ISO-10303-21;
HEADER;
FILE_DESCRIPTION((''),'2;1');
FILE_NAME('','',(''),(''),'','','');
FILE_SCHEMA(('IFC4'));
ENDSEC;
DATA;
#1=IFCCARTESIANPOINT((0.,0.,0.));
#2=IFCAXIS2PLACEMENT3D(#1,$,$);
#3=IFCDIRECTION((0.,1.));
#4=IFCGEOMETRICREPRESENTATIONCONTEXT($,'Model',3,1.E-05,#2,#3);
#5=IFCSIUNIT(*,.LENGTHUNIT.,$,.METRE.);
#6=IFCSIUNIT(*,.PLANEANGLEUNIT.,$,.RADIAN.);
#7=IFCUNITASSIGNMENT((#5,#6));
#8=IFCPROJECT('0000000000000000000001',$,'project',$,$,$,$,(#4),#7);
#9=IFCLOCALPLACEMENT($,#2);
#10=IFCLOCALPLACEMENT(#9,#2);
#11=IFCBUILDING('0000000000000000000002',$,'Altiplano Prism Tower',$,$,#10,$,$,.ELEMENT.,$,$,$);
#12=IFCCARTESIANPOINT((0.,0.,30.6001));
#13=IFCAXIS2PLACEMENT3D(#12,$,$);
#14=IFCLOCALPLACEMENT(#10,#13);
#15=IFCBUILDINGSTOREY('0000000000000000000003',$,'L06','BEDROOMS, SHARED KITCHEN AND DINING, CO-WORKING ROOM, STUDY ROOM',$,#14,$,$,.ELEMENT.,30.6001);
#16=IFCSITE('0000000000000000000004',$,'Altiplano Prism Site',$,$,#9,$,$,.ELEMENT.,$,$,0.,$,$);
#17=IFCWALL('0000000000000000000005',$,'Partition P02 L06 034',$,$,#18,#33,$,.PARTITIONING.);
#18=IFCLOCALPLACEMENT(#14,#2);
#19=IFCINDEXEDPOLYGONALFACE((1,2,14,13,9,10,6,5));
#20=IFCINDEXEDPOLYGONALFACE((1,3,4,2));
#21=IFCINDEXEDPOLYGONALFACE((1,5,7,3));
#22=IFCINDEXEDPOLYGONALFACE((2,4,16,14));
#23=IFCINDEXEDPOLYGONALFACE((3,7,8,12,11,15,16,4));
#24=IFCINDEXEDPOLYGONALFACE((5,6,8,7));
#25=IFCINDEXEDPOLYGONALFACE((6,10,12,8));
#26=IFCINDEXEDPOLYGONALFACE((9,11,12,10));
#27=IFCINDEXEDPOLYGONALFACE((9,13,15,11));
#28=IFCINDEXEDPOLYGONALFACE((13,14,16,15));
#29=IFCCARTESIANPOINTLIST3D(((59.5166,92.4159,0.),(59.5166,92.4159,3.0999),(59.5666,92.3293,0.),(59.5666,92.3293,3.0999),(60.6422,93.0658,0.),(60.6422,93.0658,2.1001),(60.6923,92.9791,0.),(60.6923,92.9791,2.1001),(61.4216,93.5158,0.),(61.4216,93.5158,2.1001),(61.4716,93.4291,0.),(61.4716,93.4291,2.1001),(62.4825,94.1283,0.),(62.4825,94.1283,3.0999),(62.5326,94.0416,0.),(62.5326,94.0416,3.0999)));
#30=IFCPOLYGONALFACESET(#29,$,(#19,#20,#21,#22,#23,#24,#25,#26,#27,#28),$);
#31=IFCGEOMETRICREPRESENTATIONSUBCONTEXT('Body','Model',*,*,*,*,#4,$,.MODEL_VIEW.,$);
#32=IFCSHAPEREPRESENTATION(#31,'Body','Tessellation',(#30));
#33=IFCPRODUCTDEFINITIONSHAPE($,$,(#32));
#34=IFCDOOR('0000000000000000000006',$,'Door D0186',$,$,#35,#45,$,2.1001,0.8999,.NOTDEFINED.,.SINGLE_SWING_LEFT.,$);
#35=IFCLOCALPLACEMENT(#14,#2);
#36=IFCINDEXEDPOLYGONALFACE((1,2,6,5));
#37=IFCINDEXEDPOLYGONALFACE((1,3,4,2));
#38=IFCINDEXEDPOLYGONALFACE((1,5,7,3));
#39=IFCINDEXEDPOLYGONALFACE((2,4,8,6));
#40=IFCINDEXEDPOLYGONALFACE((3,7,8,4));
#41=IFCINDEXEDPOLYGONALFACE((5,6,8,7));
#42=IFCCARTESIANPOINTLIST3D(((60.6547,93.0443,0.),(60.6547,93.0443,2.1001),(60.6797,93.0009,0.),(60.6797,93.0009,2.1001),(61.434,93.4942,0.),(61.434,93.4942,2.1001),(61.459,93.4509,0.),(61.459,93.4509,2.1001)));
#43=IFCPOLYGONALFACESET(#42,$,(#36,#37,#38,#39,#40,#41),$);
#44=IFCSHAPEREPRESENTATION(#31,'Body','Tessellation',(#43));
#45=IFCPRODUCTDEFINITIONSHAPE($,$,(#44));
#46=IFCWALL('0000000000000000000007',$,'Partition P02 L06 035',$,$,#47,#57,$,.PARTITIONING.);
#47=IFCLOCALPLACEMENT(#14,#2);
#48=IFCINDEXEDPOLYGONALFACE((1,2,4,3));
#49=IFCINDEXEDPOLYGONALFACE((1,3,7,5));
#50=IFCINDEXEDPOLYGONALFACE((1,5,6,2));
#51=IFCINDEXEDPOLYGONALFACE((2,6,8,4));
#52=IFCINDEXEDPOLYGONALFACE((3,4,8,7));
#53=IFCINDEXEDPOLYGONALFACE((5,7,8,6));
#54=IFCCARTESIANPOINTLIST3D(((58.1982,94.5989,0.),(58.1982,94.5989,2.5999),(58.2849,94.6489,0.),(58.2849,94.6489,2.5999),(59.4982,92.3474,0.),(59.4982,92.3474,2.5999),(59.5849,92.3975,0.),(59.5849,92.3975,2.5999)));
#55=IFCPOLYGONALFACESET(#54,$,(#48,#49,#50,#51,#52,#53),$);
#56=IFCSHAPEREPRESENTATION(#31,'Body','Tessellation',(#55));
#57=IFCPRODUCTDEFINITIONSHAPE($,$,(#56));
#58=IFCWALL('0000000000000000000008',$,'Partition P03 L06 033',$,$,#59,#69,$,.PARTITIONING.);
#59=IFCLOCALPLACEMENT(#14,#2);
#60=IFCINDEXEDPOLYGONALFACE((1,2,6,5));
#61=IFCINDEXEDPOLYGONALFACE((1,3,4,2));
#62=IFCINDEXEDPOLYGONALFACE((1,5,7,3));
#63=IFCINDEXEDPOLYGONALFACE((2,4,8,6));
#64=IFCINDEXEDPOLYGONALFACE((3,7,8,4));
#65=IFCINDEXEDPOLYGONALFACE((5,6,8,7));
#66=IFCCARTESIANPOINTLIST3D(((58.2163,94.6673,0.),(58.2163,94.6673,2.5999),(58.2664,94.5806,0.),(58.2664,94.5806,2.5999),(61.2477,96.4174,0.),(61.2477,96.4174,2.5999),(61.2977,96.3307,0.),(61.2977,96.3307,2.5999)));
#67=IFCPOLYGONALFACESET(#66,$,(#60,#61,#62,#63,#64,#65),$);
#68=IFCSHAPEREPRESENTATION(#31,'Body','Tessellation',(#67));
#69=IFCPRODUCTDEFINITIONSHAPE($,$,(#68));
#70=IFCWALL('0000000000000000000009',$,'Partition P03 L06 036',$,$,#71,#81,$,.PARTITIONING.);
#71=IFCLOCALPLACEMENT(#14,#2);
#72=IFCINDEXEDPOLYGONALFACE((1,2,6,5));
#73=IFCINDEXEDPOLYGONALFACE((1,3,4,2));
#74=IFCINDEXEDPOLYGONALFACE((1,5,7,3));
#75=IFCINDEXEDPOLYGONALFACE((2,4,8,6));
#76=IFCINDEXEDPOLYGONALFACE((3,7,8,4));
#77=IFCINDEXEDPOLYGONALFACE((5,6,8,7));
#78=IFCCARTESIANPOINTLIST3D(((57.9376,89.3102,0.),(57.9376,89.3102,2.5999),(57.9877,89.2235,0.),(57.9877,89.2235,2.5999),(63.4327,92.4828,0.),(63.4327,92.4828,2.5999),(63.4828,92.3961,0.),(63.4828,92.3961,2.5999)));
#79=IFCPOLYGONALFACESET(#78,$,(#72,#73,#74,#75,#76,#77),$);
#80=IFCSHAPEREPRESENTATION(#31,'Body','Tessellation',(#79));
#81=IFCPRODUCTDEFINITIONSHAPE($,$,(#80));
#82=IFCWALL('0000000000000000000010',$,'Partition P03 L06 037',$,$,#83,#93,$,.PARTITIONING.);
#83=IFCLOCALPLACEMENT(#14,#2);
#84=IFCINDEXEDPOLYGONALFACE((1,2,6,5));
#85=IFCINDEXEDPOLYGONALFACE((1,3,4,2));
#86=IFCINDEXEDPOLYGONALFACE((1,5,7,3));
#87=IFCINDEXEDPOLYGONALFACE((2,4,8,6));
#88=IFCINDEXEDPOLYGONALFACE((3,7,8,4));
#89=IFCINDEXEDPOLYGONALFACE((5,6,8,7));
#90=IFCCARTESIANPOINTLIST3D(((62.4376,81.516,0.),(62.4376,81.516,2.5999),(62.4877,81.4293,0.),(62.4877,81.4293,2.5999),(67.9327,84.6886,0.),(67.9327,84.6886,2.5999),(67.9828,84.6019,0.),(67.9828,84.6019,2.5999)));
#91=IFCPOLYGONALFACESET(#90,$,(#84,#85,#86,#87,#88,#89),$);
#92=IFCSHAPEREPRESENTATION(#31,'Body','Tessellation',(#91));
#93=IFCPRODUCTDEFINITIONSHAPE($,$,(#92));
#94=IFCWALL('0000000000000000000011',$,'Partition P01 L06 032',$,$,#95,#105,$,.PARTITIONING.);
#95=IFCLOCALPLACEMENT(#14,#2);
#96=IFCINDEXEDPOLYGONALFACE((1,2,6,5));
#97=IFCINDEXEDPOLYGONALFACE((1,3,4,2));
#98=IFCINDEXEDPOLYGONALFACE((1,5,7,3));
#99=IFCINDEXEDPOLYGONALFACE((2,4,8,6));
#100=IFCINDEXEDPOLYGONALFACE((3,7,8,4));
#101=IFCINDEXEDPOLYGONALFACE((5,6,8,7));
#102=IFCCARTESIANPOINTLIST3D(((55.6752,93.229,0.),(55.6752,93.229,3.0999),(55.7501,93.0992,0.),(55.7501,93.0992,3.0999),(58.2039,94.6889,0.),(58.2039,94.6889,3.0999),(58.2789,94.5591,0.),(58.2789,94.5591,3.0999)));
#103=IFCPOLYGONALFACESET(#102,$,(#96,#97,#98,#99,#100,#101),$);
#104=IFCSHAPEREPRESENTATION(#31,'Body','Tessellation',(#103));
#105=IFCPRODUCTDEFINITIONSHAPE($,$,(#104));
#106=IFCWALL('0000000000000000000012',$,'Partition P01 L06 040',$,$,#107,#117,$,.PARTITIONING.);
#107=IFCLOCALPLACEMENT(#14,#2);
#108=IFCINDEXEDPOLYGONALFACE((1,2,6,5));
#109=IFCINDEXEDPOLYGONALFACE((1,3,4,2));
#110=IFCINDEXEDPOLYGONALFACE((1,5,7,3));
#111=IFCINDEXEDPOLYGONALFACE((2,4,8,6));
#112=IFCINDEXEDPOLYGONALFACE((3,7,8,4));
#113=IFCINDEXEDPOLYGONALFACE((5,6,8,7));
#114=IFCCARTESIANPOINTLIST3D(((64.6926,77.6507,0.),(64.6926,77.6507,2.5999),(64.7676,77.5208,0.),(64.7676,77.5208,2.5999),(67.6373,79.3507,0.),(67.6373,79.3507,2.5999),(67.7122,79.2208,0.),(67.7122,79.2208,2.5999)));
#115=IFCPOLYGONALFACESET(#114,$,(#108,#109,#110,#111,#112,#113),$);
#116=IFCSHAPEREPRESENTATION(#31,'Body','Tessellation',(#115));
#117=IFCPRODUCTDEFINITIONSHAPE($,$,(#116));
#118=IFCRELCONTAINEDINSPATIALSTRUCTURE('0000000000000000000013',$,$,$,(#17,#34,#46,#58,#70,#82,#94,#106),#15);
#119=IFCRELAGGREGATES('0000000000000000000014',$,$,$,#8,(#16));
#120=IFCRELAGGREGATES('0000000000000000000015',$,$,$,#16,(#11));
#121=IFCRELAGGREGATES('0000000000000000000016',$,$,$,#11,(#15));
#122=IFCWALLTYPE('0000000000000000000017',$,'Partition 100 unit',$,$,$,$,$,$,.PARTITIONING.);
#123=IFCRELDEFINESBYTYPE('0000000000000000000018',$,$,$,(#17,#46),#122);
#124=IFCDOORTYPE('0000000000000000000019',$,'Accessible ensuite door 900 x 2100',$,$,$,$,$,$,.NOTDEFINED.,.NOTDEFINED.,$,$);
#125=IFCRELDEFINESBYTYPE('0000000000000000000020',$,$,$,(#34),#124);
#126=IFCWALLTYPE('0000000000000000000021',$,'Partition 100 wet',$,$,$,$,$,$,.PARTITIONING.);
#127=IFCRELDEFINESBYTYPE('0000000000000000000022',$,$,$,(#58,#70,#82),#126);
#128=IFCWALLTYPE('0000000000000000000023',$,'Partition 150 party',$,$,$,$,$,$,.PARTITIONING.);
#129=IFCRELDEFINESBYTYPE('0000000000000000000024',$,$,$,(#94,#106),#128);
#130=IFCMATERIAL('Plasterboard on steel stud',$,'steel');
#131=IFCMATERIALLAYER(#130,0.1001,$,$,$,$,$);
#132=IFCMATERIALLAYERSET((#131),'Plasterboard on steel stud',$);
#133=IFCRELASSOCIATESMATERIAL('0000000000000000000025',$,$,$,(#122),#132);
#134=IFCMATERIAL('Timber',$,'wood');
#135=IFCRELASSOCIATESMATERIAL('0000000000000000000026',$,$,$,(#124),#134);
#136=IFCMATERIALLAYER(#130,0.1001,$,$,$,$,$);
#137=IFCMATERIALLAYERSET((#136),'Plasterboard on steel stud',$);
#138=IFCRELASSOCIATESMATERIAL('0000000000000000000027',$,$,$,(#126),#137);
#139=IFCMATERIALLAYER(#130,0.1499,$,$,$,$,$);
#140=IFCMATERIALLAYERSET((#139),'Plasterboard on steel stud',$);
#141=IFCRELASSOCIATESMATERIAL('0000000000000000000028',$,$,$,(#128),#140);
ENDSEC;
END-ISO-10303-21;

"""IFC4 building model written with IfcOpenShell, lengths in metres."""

from ifc_helpers import new_model, si_unit, direction, frame, frame_2d, origin, place, context, subcontext, project, spatial, rectangle, extrude, material, layer, layer_set, type_object, element, fill, save


model = new_model("IFC4")

# Units and contexts
model_context = context("Model", 3, precision=1e-05, world=origin(), true_north=direction((0.0, 1.0)))
body_context = subcontext(model_context, "Body", "Model", "MODEL_VIEW")
ifc_project = project(units=[si_unit("LENGTHUNIT", "METRE"), si_unit("PLANEANGLEUNIT", "RADIAN")], contexts=[model_context])

# Site, building, storey
site_placement = place(None, origin())
site = spatial("IfcSite", under=ifc_project, at=site_placement, Name="Altiplano Prism Site", CompositionType="ELEMENT", RefElevation=0.0)
building_placement = place(site_placement, origin())
building = spatial("IfcBuilding", under=site, at=building_placement, Name="Altiplano Prism Tower", CompositionType="ELEMENT")
storey_placement = place(building_placement, frame((0.0, 0.0, 30.6001)))
storey = spatial("IfcBuildingStorey", under=building, at=storey_placement, Name="L06", Description="BEDROOMS, SHARED KITCHEN AND DINING, CO-WORKING ROOM, STUDY ROOM", CompositionType="ELEMENT", Elevation=30.6001)

# Wall, opening, door
ifc_material_1 = material(Name="Plasterboard on steel stud", Category="steel")
ifc_layer_1 = layer(ifc_material_1, 0.1001)
ifc_layer_set_1 = layer_set([ifc_layer_1], Name="Plasterboard on steel stud")
wall_type_1 = type_object("IfcWallType", Name="Partition 100 unit", PredefinedType="PARTITIONING", material=ifc_layer_set_1)
wall_1_placement = place(storey_placement, frame((62.5076, 94.085, 0.0), z_axis=(0.0, 0.0, 1.0), x_axis=(-0.866032, -0.499988, 0.0)))
wall_1 = element("IfcWall", 1, at=wall_1_placement, inside=storey, type_object=wall_type_1, Name="Partition P02 L06 034", PredefinedType="PARTITIONING", context=body_context, shape_type="SweptSolid", body=[
    extrude(rectangle(XDim=3.4248, YDim=0.1001, at=frame_2d((1.7124, 0.0))), origin(), (0.0, 0.0, 1.0), 3.0999),
])
opening_placement = place(wall_1_placement, frame((1.2251, 0.0, 0.0)))
opening = element("IfcOpeningElement", 2, at=opening_placement, cuts=wall_1, PredefinedType="OPENING", context=body_context, shape_type="SweptSolid", body=[
    extrude(rectangle(XDim=0.8999, YDim=2.1001, at=frame_2d((0.45, 1.05))), frame((0.0, 0.0605, 0.0), z_axis=(0.0, -1.0, 0.0), x_axis=(1.0, 0.0, 0.0)), (0.0, 0.0, 1.0), 0.1211),
])
ifc_material_2 = material(Name="Timber", Category="wood")
door_type = type_object("IfcDoorType", Name="Accessible ensuite door 900 x 2100", OperationType="NOTDEFINED", PredefinedType="NOTDEFINED", material=ifc_material_2)
door_placement = place(opening_placement, origin())
door = element("IfcDoor", 3, at=door_placement, inside=storey, type_object=door_type, Name="Door D0186", OperationType="SINGLE_SWING_LEFT", OverallHeight=2.1001, OverallWidth=0.8999, PredefinedType="NOTDEFINED", context=body_context, shape_type="SweptSolid", body=[
    extrude(rectangle(XDim=0.8999, YDim=2.1001, at=frame_2d((0.45, 1.05))), frame((0.0, 0.0249, 0.0), z_axis=(0.0, -1.0, 0.0), x_axis=(1.0, 0.0, 0.0)), (0.0, 0.0, 1.0), 0.05),
])
fill(opening, door)

# Walls
wall_2_placement = place(storey_placement, frame((59.5415, 92.3726, 0.0), z_axis=(0.0, 0.0, 1.0), x_axis=(-0.500048, 0.865998, 0.0)))
element("IfcWall", 4, at=wall_2_placement, inside=storey, type_object=wall_type_1, Name="Partition P02 L06 035", PredefinedType="PARTITIONING", context=body_context, shape_type="SweptSolid", body=[
    extrude(rectangle(XDim=2.5999, YDim=0.1001, at=frame_2d((1.2998, 0.0))), origin(), (0.0, 0.0, 1.0), 2.5999),
])
ifc_layer_2 = layer(ifc_material_1, 0.1001)
ifc_layer_set_2 = layer_set([ifc_layer_2], Name="Plasterboard on steel stud")
wall_type_2 = type_object("IfcWallType", Name="Partition 100 wet", PredefinedType="PARTITIONING", material=ifc_layer_set_2)
wall_3_placement = place(storey_placement, frame((58.2415, 94.624, 0.0), z_axis=(0.0, 0.0, 1.0), x_axis=(0.866037, 0.49998, 0.0)))
element("IfcWall", 5, at=wall_3_placement, inside=storey, type_object=wall_type_2, Name="Partition P03 L06 033", PredefinedType="PARTITIONING", context=body_context, shape_type="SweptSolid", body=[
    extrude(rectangle(XDim=3.5002, YDim=0.1001, at=frame_2d((1.75, 0.0))), origin(), (0.0, 0.0, 1.0), 2.5999),
])
for number, where, z_axis, x_axis, name in (
    (6, (57.9626, 89.2668, 0.0), (0.0, 0.0, 1.0), (0.866025, 0.5, 0.0), "Partition P03 L06 036"),
    (7, (62.4626, 81.4727, 0.0), (0.0, 0.0, 1.0), (0.866025, 0.5, 0.0), "Partition P03 L06 037"),
):
    element("IfcWall", number, at=place(storey_placement, frame(where, z_axis=z_axis, x_axis=x_axis)), inside=storey, type_object=wall_type_2, Name=name, PredefinedType="PARTITIONING", context=body_context, shape_type="SweptSolid", body=[
        extrude(rectangle(XDim=6.3452, YDim=0.1001, at=frame_2d((3.1726, 0.0))), origin(), (0.0, 0.0, 1.0), 2.5999),
    ])
ifc_layer_3 = layer(ifc_material_1, 0.1499)
ifc_layer_set_3 = layer_set([ifc_layer_3], Name="Plasterboard on steel stud")
wall_type_3 = type_object("IfcWallType", Name="Partition 150 party", PredefinedType="PARTITIONING", material=ifc_layer_set_3)
wall_4_placement = place(storey_placement, frame((55.7126, 93.1641, 0.0), z_axis=(0.0, 0.0, 1.0), x_axis=(0.866032, 0.499988, 0.0)))
element("IfcWall", 8, at=wall_4_placement, inside=storey, type_object=wall_type_3, Name="Partition P01 L06 032", PredefinedType="PARTITIONING", context=body_context, shape_type="SweptSolid", body=[
    extrude(rectangle(XDim=2.9199, YDim=0.1499, at=frame_2d((1.46, 0.0))), origin(), (0.0, 0.0, 1.0), 3.0999),
])
wall_5_placement = place(storey_placement, frame((64.73, 77.5857, 0.0), z_axis=(0.0, 0.0, 1.0), x_axis=(0.866039, 0.499977, 0.0)))
element("IfcWall", 9, at=wall_5_placement, inside=storey, type_object=wall_type_3, Name="Partition P01 L06 040", PredefinedType="PARTITIONING", context=body_context, shape_type="SweptSolid", body=[
    extrude(rectangle(XDim=3.4001, YDim=0.1499, at=frame_2d((1.7002, 0.0))), origin(), (0.0, 0.0, 1.0), 2.5999),
])

save(model, "model.ifc")
